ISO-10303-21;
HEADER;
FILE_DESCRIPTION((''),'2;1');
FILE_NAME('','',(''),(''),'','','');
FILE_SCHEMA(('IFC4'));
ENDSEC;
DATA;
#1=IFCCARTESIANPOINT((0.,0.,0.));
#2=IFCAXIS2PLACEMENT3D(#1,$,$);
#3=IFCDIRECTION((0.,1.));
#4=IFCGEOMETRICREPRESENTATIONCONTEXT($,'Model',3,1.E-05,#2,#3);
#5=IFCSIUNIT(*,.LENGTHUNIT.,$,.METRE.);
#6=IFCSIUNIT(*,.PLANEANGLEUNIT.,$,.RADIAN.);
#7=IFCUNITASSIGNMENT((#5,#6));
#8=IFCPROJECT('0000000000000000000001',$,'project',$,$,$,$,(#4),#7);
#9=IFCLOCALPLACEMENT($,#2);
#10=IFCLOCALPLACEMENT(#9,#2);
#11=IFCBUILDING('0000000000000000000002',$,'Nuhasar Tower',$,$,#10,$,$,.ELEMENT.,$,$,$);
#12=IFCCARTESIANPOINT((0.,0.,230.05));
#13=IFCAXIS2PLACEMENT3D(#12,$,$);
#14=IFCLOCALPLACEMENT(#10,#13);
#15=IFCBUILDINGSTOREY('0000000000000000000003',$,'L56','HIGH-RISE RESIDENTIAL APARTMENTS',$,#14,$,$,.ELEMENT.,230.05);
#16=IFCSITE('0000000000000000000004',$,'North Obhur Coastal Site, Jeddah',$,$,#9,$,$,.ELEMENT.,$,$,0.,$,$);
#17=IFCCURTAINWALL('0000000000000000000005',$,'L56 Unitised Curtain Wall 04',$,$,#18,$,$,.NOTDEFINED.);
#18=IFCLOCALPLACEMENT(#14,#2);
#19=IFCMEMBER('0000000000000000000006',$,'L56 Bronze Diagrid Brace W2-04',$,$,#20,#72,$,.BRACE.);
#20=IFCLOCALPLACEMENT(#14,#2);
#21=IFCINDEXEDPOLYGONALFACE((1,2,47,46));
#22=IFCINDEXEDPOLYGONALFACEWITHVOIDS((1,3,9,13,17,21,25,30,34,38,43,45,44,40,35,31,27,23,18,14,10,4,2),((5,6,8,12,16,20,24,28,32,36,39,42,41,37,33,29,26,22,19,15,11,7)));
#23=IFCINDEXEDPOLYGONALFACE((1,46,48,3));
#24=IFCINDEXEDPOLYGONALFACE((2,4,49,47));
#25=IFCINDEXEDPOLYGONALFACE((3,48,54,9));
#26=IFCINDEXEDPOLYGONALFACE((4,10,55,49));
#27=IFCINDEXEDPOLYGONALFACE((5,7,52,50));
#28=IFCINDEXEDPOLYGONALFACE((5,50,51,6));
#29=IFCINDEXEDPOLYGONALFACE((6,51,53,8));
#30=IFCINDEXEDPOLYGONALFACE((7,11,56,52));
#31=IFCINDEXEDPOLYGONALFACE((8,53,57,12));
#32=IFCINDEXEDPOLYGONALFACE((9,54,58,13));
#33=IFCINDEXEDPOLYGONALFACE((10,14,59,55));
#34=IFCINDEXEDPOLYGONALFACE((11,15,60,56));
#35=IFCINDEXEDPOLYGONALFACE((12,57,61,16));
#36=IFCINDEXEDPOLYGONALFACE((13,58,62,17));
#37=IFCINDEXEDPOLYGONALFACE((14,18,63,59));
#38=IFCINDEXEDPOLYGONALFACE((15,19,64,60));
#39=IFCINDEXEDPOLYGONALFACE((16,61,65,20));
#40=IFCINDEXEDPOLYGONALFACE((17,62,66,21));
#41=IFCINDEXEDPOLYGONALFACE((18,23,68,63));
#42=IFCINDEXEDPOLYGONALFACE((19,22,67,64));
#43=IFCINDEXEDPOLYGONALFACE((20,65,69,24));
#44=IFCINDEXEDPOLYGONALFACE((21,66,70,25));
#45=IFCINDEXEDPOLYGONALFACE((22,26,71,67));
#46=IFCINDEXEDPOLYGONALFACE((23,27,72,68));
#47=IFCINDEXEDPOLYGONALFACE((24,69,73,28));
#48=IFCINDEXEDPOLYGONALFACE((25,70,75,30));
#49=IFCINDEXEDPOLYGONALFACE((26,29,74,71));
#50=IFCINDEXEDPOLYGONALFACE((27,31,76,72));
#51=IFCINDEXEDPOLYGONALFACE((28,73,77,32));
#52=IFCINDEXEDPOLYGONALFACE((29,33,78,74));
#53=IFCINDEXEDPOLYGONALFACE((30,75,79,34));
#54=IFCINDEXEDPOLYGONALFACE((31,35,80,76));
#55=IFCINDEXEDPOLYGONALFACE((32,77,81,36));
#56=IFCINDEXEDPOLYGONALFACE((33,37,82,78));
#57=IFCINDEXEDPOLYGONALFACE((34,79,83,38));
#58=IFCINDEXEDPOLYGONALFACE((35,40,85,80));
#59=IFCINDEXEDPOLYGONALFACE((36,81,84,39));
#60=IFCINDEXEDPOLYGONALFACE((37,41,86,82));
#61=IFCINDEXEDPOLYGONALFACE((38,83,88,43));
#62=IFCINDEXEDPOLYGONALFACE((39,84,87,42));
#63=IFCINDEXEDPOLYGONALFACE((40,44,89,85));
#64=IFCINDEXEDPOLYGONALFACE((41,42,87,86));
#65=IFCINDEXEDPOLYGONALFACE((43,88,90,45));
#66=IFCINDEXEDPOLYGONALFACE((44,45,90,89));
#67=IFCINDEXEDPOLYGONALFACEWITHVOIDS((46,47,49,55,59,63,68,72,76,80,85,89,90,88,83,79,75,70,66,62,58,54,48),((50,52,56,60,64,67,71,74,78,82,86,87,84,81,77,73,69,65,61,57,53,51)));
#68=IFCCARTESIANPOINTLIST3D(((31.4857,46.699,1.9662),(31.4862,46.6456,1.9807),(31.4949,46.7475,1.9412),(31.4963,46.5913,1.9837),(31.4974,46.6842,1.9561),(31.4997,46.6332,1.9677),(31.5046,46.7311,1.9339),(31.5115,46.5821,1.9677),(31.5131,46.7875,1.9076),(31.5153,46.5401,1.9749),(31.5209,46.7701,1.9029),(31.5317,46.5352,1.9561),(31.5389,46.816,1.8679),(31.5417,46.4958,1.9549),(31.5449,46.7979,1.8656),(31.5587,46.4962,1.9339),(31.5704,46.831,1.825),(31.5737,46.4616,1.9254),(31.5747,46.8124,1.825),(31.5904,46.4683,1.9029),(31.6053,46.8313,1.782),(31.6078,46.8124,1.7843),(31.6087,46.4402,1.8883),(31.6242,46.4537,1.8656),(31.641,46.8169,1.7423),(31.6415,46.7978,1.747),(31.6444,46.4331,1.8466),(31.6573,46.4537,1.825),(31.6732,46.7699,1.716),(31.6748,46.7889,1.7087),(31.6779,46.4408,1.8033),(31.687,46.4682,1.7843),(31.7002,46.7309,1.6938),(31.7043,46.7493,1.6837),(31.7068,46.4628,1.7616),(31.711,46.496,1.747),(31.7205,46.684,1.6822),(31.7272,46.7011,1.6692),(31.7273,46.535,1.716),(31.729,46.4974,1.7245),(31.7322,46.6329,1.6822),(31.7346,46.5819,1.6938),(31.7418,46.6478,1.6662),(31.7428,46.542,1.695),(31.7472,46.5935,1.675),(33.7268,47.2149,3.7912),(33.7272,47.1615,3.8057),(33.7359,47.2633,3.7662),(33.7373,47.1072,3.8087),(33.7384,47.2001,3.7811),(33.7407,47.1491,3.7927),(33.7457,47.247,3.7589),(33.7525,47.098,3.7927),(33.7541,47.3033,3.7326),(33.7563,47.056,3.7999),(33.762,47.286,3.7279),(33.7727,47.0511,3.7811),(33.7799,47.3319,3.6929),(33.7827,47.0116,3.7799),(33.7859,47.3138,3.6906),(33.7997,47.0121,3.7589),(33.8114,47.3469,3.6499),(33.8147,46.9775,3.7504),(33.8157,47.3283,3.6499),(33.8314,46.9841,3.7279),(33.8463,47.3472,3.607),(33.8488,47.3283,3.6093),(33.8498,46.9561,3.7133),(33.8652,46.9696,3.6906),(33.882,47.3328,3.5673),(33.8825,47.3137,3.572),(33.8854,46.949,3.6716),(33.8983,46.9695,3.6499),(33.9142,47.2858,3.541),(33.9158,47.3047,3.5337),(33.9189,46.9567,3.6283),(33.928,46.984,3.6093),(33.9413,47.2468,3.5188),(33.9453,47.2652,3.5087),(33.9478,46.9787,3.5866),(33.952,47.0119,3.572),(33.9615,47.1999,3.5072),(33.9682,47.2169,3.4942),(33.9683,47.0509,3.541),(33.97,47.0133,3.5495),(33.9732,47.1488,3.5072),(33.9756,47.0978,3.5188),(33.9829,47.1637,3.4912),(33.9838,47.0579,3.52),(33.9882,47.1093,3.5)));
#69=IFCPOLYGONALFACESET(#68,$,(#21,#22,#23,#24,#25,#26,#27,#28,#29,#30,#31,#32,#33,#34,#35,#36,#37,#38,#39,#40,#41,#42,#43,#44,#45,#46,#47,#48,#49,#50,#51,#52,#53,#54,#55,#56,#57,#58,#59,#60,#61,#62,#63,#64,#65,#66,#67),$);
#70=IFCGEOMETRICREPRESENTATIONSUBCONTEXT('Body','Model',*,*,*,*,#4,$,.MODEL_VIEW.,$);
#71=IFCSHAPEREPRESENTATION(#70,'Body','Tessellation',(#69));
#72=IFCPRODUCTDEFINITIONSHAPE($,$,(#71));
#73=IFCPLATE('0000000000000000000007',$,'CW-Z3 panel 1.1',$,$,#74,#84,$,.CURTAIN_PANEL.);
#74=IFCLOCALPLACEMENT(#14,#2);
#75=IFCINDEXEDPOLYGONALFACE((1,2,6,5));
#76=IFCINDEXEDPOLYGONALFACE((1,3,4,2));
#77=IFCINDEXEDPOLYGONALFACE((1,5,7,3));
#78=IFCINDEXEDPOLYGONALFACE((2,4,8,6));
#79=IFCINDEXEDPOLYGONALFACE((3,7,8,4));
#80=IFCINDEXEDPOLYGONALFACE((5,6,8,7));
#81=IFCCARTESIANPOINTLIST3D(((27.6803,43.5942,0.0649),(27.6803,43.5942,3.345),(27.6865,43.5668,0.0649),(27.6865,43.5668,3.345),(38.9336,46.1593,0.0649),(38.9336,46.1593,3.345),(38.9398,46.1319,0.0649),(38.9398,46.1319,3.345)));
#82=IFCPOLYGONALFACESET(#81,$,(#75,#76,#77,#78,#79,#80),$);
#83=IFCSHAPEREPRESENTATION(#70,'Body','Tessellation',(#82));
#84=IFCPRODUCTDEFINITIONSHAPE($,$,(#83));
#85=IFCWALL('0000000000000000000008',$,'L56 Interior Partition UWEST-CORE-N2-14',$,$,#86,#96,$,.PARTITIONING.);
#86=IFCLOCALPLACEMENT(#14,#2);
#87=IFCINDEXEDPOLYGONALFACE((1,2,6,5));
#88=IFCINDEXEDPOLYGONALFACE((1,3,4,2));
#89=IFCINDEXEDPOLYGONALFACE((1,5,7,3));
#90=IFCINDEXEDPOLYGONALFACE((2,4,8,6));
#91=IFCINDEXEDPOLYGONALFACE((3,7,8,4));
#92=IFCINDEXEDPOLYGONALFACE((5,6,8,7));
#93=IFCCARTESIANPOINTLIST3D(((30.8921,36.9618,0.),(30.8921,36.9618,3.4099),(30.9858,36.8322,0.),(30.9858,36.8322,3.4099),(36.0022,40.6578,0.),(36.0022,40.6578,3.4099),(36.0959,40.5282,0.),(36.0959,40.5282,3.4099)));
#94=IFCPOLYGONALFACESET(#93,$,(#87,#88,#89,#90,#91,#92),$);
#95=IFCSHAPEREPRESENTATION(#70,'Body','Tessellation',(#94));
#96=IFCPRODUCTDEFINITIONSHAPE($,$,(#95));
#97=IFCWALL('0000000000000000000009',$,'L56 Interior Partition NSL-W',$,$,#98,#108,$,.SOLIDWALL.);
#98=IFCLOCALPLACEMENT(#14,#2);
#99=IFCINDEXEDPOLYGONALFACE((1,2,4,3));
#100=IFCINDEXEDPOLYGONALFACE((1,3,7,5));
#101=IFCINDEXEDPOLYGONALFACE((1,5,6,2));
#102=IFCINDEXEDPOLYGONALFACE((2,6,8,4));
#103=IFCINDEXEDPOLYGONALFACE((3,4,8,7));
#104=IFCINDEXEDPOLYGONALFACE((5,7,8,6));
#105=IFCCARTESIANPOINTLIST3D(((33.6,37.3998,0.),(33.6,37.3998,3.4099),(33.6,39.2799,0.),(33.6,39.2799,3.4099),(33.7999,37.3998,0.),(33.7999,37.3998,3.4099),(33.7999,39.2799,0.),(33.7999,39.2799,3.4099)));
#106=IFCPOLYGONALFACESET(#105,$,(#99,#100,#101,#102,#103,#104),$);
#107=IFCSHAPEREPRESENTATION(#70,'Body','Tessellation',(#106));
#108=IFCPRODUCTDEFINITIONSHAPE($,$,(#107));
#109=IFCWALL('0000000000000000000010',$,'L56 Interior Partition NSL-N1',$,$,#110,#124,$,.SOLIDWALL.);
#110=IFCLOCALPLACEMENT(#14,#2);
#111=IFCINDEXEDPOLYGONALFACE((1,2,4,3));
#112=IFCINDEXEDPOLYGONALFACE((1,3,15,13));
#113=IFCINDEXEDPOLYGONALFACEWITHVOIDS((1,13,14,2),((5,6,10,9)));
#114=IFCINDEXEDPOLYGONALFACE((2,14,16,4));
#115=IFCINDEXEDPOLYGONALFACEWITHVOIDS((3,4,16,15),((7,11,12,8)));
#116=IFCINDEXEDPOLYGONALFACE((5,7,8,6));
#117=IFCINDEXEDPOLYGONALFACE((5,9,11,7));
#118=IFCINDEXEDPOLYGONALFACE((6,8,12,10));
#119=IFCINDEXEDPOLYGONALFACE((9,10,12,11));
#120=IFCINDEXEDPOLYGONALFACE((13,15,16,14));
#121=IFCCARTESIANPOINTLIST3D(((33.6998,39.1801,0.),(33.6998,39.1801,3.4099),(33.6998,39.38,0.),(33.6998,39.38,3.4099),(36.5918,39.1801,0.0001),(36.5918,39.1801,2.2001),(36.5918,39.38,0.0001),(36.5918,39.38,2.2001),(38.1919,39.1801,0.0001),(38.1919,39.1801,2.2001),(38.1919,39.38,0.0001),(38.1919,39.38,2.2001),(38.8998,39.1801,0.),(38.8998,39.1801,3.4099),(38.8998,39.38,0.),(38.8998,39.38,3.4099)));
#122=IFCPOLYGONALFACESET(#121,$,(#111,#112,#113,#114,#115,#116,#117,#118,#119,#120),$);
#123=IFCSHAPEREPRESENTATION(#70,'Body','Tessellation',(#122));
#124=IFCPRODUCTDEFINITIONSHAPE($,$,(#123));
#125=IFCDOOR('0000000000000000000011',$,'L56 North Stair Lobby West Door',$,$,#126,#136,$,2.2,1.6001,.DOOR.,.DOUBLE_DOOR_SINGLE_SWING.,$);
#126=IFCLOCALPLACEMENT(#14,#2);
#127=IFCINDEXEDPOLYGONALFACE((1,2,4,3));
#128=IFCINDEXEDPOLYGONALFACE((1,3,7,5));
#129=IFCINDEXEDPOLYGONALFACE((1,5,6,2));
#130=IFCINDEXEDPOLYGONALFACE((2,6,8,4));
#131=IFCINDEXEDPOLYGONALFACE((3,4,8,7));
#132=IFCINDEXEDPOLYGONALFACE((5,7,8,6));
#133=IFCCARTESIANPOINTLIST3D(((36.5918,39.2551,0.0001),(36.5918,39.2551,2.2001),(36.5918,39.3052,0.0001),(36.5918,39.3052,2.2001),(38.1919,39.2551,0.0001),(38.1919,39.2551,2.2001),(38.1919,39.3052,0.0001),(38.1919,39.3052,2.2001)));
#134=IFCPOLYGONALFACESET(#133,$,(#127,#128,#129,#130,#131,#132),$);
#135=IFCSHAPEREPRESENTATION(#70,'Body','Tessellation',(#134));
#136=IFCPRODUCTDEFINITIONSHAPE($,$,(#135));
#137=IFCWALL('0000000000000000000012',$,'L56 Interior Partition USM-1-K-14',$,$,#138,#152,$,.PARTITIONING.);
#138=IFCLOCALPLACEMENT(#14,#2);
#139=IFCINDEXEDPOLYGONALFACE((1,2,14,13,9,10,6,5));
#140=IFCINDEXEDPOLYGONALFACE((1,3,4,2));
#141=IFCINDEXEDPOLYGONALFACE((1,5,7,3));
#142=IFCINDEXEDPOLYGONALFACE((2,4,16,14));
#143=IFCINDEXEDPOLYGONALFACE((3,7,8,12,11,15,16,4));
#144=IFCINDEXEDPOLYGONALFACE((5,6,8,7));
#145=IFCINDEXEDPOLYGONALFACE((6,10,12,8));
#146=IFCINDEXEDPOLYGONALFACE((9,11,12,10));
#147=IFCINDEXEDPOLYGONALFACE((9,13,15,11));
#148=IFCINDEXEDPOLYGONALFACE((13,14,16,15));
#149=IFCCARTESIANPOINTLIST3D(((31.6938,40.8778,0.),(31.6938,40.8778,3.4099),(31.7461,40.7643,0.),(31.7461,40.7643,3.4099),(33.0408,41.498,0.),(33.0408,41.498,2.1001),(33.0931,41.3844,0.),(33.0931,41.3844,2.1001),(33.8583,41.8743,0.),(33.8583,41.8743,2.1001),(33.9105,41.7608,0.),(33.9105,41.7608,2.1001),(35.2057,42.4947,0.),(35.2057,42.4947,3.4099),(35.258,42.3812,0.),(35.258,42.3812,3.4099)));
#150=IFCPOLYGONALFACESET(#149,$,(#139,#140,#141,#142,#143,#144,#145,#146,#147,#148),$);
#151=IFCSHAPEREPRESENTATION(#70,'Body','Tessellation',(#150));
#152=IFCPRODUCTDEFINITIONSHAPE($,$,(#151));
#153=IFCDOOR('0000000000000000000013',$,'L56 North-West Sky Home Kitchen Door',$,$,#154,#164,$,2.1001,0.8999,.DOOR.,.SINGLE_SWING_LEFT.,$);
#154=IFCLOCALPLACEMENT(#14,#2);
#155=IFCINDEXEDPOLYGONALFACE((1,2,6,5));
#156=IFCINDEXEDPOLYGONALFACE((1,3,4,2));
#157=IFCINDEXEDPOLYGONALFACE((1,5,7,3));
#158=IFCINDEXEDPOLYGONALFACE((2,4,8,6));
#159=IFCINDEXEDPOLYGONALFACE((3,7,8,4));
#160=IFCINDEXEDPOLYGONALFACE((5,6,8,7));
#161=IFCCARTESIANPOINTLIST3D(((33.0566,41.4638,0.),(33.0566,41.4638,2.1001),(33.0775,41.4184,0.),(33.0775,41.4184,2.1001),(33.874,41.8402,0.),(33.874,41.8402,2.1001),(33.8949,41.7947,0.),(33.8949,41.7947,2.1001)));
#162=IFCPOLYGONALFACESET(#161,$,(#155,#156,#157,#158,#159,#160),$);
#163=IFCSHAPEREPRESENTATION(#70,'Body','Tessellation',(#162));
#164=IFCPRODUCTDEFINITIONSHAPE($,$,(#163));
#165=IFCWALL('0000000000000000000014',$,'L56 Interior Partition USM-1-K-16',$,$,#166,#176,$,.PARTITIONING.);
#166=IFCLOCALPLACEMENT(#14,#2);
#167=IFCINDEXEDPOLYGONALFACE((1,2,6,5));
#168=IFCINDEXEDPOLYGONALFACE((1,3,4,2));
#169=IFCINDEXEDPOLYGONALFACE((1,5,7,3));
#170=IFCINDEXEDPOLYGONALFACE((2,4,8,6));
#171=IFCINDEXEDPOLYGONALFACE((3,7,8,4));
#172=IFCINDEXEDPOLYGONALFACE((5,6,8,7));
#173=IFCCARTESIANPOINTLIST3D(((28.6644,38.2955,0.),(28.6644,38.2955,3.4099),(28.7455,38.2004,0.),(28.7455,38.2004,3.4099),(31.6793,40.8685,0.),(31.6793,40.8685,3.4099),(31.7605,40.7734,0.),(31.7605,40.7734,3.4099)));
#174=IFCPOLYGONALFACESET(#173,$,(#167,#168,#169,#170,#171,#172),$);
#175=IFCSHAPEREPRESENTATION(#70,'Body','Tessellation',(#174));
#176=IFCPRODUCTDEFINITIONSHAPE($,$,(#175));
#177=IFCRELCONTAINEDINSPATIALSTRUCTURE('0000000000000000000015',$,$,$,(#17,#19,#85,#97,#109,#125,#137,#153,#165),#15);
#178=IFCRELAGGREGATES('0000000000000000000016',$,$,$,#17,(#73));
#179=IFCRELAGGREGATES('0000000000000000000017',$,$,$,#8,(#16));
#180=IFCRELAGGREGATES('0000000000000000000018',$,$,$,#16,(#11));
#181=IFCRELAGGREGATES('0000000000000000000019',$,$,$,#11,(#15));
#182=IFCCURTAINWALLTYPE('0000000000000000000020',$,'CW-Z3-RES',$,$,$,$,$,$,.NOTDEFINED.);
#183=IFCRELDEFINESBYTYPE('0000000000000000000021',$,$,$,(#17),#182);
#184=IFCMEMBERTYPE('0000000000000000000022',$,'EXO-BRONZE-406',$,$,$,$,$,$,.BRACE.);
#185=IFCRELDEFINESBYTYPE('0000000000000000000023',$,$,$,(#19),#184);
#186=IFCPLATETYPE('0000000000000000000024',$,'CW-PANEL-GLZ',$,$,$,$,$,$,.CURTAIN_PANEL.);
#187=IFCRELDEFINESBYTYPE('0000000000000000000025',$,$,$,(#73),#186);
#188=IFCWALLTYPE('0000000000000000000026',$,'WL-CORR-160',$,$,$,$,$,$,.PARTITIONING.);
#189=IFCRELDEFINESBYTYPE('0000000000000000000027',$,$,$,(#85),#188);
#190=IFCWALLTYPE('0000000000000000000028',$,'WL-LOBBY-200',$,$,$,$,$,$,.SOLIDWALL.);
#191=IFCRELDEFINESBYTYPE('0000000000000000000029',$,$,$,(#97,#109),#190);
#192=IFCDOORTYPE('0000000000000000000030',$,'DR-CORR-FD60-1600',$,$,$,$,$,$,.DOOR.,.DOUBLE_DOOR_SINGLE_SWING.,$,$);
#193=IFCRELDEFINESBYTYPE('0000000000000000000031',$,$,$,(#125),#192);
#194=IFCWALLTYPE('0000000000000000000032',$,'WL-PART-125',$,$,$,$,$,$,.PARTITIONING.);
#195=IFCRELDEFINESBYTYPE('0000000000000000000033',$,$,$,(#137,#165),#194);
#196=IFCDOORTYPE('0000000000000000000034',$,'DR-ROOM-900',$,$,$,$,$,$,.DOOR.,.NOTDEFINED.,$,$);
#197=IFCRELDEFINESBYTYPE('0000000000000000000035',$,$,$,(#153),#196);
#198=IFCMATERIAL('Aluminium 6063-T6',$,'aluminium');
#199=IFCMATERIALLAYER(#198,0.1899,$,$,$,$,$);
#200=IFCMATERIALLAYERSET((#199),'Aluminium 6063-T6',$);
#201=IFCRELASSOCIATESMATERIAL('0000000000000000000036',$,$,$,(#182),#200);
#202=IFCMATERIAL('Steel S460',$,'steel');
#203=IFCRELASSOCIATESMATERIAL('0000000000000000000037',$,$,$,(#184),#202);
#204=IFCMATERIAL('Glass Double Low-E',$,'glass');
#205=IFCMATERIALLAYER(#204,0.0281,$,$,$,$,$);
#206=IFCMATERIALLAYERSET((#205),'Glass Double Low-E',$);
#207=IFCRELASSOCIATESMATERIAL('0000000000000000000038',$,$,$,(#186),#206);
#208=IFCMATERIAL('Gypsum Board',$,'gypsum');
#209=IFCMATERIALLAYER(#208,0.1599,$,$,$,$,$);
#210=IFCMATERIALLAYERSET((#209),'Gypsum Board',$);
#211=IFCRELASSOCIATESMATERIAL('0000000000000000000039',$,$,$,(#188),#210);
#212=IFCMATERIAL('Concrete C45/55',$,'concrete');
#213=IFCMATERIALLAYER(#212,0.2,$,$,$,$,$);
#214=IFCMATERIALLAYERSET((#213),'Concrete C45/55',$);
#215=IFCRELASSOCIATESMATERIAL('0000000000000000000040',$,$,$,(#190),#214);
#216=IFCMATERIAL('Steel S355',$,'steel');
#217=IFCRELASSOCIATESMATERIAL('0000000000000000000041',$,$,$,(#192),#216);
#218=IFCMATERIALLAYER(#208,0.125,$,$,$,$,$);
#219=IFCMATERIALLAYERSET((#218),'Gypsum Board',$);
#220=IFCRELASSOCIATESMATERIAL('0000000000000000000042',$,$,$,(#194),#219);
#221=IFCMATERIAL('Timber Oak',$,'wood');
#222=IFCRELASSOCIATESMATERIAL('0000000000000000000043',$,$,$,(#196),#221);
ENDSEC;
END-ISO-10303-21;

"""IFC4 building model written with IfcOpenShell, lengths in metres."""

from ifc_helpers import new_model, si_unit, direction, frame, frame_2d, origin, origin_2d, place, context, subcontext, project, spatial, rectangle, hollow_circle, extrude, material, layer, layer_set, material_profile, profile_set, type_object, element, fill, aggregate, save


model = new_model("IFC4")

# Units and contexts
model_context = context("Model", 3, precision=1e-05, world=origin(), true_north=direction((0.0, 1.0)))
body_context = subcontext(model_context, "Body", "Model", "MODEL_VIEW")
ifc_project = project(units=[si_unit("LENGTHUNIT", "METRE"), si_unit("PLANEANGLEUNIT", "RADIAN")], contexts=[model_context])

# Site, building, storey
site_placement = place(None, origin())
site = spatial("IfcSite", under=ifc_project, at=site_placement, Name="North Obhur Coastal Site, Jeddah", CompositionType="ELEMENT", RefElevation=0.0)
building_placement = place(site_placement, origin())
building = spatial("IfcBuilding", under=site, at=building_placement, Name="Nuhasar Tower", CompositionType="ELEMENT")
storey_placement = place(building_placement, frame((0.0, 0.0, 230.05)))
storey = spatial("IfcBuildingStorey", under=building, at=storey_placement, Name="L56", Description="HIGH-RISE RESIDENTIAL APARTMENTS", CompositionType="ELEMENT", Elevation=230.05)

# Shared definitions
ifc_material_1 = material(Name="Steel S355", Category="steel")

# Curtain wall
ifc_material_2 = material(Name="Aluminium 6063-T6", Category="aluminium")
ifc_layer_1 = layer(ifc_material_2, 0.1899)
ifc_layer_set_1 = layer_set([ifc_layer_1], Name="Aluminium 6063-T6")
curtain_wall_type = type_object("IfcCurtainWallType", Name="CW-Z3-RES", PredefinedType="NOTDEFINED", material=ifc_layer_set_1)
curtain_wall_placement = place(storey_placement, origin())
curtain_wall = element("IfcCurtainWall", 1, at=curtain_wall_placement, inside=storey, type_object=curtain_wall_type, Name="L56 Unitised Curtain Wall 04", PredefinedType="NOTDEFINED")

# Member
ifc_material_3 = material(Name="Steel S460", Category="steel")
ifc_material_profile_1 = material_profile(ifc_material_3, hollow_circle(Radius=0.2031, WallThickness=0.019, at=origin_2d()), Name="HSS406.4X19.1")
ifc_profile_set_1 = profile_set([ifc_material_profile_1], Name="Steel S460")
member_type_1 = type_object("IfcMemberType", Name="EXO-BRONZE-406", PredefinedType="BRACE", material=ifc_profile_set_1)
for number, where, z_axis, x_axis, name in (
    (2, (31.616, 46.6331, 1.825), (0.763343, 0.175721, 0.621635), (-0.224332, 0.974513, 0.0), "L56 Bronze Diagrid Brace W2-04"),
):
    element("IfcMember", number, at=place(storey_placement, frame(where, z_axis=z_axis, x_axis=x_axis)), inside=storey, type_object=member_type_1, Name=name, PredefinedType="BRACE", context=body_context, shape_type="SweptSolid", body=[
        extrude(hollow_circle(Radius=0.2031, WallThickness=0.019, at=origin_2d()), origin(), (0.0, 0.0, 1.0), 2.9358),
    ])

# Plate
ifc_material_4 = material(Name="Glass Double Low-E", Category="glass")
ifc_layer_2 = layer(ifc_material_4, 0.0281)
ifc_layer_set_2 = layer_set([ifc_layer_2], Name="Glass Double Low-E")
plate_type = type_object("IfcPlateType", Name="CW-PANEL-GLZ", PredefinedType="CURTAIN_PANEL", material=ifc_layer_set_2)
plate_placement = place(storey_placement, frame((33.3101, 44.863, 0.0649), z_axis=(0.0, 0.0, 1.0), x_axis=(-0.974991, -0.222243, 0.0)))
plate = element("IfcPlate", 3, at=plate_placement, type_object=plate_type, Name="CW-Z3 panel 1.1", PredefinedType="CURTAIN_PANEL", context=body_context, shape_type="SweptSolid", body=[
    extrude(rectangle(XDim=11.542, YDim=0.0281, at=origin_2d()), origin(), (0.0, 0.0, 1.0), 3.28),
])
aggregate(curtain_wall, [plate])

# Walls
ifc_material_5 = material(Name="Gypsum Board", Category="gypsum")
ifc_layer_3 = layer(ifc_material_5, 0.1599)
ifc_layer_set_3 = layer_set([ifc_layer_3], Name="Gypsum Board")
wall_type_1 = type_object("IfcWallType", Name="WL-CORR-160", PredefinedType="PARTITIONING", material=ifc_layer_set_3)
wall_1_placement = place(storey_placement, frame((36.0491, 40.593, 0.0), z_axis=(0.0, 0.0, 1.0), x_axis=(-0.810272, -0.586054, 0.0)))
element("IfcWall", 4, at=wall_1_placement, inside=storey, type_object=wall_type_1, Name="L56 Interior Partition UWEST-CORE-N2-14", PredefinedType="PARTITIONING", context=body_context, shape_type="SweptSolid", body=[
    extrude(rectangle(XDim=6.3066, YDim=0.1599, at=frame_2d((3.1533, 0.0))), origin(), (0.0, 0.0, 1.0), 3.4099),
])
ifc_material_6 = material(Name="Concrete C45/55", Category="concrete")
ifc_layer_4 = layer(ifc_material_6, 0.2)
ifc_layer_set_4 = layer_set([ifc_layer_4], Name="Concrete C45/55")
wall_type_2 = type_object("IfcWallType", Name="WL-LOBBY-200", PredefinedType="SOLIDWALL", material=ifc_layer_set_4)
wall_2_placement = place(storey_placement, frame((33.7, 37.3999, 0.0), z_axis=(0.0, 0.0, 1.0), x_axis=(0.0, 1.0, 0.0)))
element("IfcWall", 5, at=wall_2_placement, inside=storey, type_object=wall_type_2, Name="L56 Interior Partition NSL-W", PredefinedType="SOLIDWALL", context=body_context, shape_type="SweptSolid", body=[
    extrude(rectangle(XDim=1.8801, YDim=0.2, at=frame_2d((0.9399, 0.0))), origin(), (0.0, 0.0, 1.0), 3.4099),
])

# Walls, openings, doors
wall_3_placement = place(storey_placement, frame((38.8999, 39.28, 0.0), z_axis=(0.0, 0.0, 1.0), x_axis=(-1.0, 0.0, 0.0)))
wall_3 = element("IfcWall", 6, at=wall_3_placement, inside=storey, type_object=wall_type_2, Name="L56 Interior Partition NSL-N1", PredefinedType="SOLIDWALL", context=body_context, shape_type="SweptSolid", body=[
    extrude(rectangle(XDim=5.2, YDim=0.2, at=frame_2d((2.6001, 0.0))), origin(), (0.0, 0.0, 1.0), 3.4099),
])
opening_1_placement = place(wall_3_placement, frame((0.708, 0.0, 0.0)))
opening_1 = element("IfcOpeningElement", 7, at=opening_1_placement, cuts=wall_3, PredefinedType="OPENING", context=body_context, shape_type="SweptSolid", body=[
    extrude(rectangle(XDim=1.6001, YDim=2.2, at=frame_2d((0.8, 1.1001))), frame((0.0, 0.1099, 0.0), z_axis=(0.0, -1.0, 0.0), x_axis=(1.0, 0.0, 0.0)), (0.0, 0.0, 1.0), 0.22),
])
door_type_1 = type_object("IfcDoorType", Name="DR-CORR-FD60-1600", OperationType="DOUBLE_DOOR_SINGLE_SWING", PredefinedType="DOOR", material=ifc_material_1)
door_1_placement = place(opening_1_placement, origin())
door_1 = element("IfcDoor", 8, at=door_1_placement, inside=storey, type_object=door_type_1, Name="L56 North Stair Lobby West Door", OperationType="DOUBLE_DOOR_SINGLE_SWING", OverallHeight=2.2, OverallWidth=1.6001, PredefinedType="DOOR", context=body_context, shape_type="SweptSolid", body=[
    extrude(rectangle(XDim=1.6001, YDim=2.2, at=frame_2d((0.8, 1.1001))), frame((0.0, 0.0249, 0.0), z_axis=(0.0, -1.0, 0.0), x_axis=(1.0, 0.0, 0.0)), (0.0, 0.0, 1.0), 0.05),
])
fill(opening_1, door_1)
ifc_layer_5 = layer(ifc_material_5, 0.125)
ifc_layer_set_5 = layer_set([ifc_layer_5], Name="Gypsum Board")
wall_type_3 = type_object("IfcWallType", Name="WL-PART-125", PredefinedType="PARTITIONING", material=ifc_layer_set_5)
wall_4_placement = place(storey_placement, frame((31.72, 40.821, 0.0), z_axis=(0.0, 0.0, 1.0), x_axis=(0.908349, 0.418213, 0.0)))
wall_4 = element("IfcWall", 9, at=wall_4_placement, inside=storey, type_object=wall_type_3, Name="L56 Interior Partition USM-1-K-14", PredefinedType="PARTITIONING", context=body_context, shape_type="SweptSolid", body=[
    extrude(rectangle(XDim=3.8662, YDim=0.125, at=frame_2d((1.9331, 0.0))), origin(), (0.0, 0.0, 1.0), 3.4099),
])
opening_2_placement = place(wall_4_placement, frame((1.4829, 0.0, 0.0)))
opening_2 = element("IfcOpeningElement", 10, at=opening_2_placement, cuts=wall_4, PredefinedType="OPENING", context=body_context, shape_type="SweptSolid", body=[
    extrude(rectangle(XDim=0.8999, YDim=2.1001, at=frame_2d((0.45, 1.05))), frame((0.0, 0.0725, 0.0), z_axis=(0.0, -1.0, 0.0), x_axis=(1.0, 0.0, 0.0)), (0.0, 0.0, 1.0), 0.145),
])
ifc_material_7 = material(Name="Timber Oak", Category="wood")
door_type_2 = type_object("IfcDoorType", Name="DR-ROOM-900", OperationType="NOTDEFINED", PredefinedType="DOOR", material=ifc_material_7)
door_2_placement = place(opening_2_placement, origin())
door_2 = element("IfcDoor", 11, at=door_2_placement, inside=storey, type_object=door_type_2, Name="L56 North-West Sky Home Kitchen Door", OperationType="SINGLE_SWING_LEFT", OverallHeight=2.1001, OverallWidth=0.8999, PredefinedType="DOOR", context=body_context, shape_type="SweptSolid", body=[
    extrude(rectangle(XDim=0.8999, YDim=2.1001, at=frame_2d((0.45, 1.05))), frame((0.0, 0.0249, 0.0), z_axis=(0.0, -1.0, 0.0), x_axis=(1.0, 0.0, 0.0)), (0.0, 0.0, 1.0), 0.05),
])
fill(opening_2, door_2)

# Wall
wall_5_placement = place(storey_placement, frame((31.72, 40.821, 0.0), z_axis=(0.0, 0.0, 1.0), x_axis=(-0.760651, -0.649162, 0.0)))
element("IfcWall", 12, at=wall_5_placement, inside=storey, type_object=wall_type_3, Name="L56 Interior Partition USM-1-K-16", PredefinedType="PARTITIONING", context=body_context, shape_type="SweptSolid", body=[
    extrude(rectangle(XDim=3.9636, YDim=0.125, at=frame_2d((1.9819, 0.0))), origin(), (0.0, 0.0, 1.0), 3.4099),
])

save(model, "model.ifc")
